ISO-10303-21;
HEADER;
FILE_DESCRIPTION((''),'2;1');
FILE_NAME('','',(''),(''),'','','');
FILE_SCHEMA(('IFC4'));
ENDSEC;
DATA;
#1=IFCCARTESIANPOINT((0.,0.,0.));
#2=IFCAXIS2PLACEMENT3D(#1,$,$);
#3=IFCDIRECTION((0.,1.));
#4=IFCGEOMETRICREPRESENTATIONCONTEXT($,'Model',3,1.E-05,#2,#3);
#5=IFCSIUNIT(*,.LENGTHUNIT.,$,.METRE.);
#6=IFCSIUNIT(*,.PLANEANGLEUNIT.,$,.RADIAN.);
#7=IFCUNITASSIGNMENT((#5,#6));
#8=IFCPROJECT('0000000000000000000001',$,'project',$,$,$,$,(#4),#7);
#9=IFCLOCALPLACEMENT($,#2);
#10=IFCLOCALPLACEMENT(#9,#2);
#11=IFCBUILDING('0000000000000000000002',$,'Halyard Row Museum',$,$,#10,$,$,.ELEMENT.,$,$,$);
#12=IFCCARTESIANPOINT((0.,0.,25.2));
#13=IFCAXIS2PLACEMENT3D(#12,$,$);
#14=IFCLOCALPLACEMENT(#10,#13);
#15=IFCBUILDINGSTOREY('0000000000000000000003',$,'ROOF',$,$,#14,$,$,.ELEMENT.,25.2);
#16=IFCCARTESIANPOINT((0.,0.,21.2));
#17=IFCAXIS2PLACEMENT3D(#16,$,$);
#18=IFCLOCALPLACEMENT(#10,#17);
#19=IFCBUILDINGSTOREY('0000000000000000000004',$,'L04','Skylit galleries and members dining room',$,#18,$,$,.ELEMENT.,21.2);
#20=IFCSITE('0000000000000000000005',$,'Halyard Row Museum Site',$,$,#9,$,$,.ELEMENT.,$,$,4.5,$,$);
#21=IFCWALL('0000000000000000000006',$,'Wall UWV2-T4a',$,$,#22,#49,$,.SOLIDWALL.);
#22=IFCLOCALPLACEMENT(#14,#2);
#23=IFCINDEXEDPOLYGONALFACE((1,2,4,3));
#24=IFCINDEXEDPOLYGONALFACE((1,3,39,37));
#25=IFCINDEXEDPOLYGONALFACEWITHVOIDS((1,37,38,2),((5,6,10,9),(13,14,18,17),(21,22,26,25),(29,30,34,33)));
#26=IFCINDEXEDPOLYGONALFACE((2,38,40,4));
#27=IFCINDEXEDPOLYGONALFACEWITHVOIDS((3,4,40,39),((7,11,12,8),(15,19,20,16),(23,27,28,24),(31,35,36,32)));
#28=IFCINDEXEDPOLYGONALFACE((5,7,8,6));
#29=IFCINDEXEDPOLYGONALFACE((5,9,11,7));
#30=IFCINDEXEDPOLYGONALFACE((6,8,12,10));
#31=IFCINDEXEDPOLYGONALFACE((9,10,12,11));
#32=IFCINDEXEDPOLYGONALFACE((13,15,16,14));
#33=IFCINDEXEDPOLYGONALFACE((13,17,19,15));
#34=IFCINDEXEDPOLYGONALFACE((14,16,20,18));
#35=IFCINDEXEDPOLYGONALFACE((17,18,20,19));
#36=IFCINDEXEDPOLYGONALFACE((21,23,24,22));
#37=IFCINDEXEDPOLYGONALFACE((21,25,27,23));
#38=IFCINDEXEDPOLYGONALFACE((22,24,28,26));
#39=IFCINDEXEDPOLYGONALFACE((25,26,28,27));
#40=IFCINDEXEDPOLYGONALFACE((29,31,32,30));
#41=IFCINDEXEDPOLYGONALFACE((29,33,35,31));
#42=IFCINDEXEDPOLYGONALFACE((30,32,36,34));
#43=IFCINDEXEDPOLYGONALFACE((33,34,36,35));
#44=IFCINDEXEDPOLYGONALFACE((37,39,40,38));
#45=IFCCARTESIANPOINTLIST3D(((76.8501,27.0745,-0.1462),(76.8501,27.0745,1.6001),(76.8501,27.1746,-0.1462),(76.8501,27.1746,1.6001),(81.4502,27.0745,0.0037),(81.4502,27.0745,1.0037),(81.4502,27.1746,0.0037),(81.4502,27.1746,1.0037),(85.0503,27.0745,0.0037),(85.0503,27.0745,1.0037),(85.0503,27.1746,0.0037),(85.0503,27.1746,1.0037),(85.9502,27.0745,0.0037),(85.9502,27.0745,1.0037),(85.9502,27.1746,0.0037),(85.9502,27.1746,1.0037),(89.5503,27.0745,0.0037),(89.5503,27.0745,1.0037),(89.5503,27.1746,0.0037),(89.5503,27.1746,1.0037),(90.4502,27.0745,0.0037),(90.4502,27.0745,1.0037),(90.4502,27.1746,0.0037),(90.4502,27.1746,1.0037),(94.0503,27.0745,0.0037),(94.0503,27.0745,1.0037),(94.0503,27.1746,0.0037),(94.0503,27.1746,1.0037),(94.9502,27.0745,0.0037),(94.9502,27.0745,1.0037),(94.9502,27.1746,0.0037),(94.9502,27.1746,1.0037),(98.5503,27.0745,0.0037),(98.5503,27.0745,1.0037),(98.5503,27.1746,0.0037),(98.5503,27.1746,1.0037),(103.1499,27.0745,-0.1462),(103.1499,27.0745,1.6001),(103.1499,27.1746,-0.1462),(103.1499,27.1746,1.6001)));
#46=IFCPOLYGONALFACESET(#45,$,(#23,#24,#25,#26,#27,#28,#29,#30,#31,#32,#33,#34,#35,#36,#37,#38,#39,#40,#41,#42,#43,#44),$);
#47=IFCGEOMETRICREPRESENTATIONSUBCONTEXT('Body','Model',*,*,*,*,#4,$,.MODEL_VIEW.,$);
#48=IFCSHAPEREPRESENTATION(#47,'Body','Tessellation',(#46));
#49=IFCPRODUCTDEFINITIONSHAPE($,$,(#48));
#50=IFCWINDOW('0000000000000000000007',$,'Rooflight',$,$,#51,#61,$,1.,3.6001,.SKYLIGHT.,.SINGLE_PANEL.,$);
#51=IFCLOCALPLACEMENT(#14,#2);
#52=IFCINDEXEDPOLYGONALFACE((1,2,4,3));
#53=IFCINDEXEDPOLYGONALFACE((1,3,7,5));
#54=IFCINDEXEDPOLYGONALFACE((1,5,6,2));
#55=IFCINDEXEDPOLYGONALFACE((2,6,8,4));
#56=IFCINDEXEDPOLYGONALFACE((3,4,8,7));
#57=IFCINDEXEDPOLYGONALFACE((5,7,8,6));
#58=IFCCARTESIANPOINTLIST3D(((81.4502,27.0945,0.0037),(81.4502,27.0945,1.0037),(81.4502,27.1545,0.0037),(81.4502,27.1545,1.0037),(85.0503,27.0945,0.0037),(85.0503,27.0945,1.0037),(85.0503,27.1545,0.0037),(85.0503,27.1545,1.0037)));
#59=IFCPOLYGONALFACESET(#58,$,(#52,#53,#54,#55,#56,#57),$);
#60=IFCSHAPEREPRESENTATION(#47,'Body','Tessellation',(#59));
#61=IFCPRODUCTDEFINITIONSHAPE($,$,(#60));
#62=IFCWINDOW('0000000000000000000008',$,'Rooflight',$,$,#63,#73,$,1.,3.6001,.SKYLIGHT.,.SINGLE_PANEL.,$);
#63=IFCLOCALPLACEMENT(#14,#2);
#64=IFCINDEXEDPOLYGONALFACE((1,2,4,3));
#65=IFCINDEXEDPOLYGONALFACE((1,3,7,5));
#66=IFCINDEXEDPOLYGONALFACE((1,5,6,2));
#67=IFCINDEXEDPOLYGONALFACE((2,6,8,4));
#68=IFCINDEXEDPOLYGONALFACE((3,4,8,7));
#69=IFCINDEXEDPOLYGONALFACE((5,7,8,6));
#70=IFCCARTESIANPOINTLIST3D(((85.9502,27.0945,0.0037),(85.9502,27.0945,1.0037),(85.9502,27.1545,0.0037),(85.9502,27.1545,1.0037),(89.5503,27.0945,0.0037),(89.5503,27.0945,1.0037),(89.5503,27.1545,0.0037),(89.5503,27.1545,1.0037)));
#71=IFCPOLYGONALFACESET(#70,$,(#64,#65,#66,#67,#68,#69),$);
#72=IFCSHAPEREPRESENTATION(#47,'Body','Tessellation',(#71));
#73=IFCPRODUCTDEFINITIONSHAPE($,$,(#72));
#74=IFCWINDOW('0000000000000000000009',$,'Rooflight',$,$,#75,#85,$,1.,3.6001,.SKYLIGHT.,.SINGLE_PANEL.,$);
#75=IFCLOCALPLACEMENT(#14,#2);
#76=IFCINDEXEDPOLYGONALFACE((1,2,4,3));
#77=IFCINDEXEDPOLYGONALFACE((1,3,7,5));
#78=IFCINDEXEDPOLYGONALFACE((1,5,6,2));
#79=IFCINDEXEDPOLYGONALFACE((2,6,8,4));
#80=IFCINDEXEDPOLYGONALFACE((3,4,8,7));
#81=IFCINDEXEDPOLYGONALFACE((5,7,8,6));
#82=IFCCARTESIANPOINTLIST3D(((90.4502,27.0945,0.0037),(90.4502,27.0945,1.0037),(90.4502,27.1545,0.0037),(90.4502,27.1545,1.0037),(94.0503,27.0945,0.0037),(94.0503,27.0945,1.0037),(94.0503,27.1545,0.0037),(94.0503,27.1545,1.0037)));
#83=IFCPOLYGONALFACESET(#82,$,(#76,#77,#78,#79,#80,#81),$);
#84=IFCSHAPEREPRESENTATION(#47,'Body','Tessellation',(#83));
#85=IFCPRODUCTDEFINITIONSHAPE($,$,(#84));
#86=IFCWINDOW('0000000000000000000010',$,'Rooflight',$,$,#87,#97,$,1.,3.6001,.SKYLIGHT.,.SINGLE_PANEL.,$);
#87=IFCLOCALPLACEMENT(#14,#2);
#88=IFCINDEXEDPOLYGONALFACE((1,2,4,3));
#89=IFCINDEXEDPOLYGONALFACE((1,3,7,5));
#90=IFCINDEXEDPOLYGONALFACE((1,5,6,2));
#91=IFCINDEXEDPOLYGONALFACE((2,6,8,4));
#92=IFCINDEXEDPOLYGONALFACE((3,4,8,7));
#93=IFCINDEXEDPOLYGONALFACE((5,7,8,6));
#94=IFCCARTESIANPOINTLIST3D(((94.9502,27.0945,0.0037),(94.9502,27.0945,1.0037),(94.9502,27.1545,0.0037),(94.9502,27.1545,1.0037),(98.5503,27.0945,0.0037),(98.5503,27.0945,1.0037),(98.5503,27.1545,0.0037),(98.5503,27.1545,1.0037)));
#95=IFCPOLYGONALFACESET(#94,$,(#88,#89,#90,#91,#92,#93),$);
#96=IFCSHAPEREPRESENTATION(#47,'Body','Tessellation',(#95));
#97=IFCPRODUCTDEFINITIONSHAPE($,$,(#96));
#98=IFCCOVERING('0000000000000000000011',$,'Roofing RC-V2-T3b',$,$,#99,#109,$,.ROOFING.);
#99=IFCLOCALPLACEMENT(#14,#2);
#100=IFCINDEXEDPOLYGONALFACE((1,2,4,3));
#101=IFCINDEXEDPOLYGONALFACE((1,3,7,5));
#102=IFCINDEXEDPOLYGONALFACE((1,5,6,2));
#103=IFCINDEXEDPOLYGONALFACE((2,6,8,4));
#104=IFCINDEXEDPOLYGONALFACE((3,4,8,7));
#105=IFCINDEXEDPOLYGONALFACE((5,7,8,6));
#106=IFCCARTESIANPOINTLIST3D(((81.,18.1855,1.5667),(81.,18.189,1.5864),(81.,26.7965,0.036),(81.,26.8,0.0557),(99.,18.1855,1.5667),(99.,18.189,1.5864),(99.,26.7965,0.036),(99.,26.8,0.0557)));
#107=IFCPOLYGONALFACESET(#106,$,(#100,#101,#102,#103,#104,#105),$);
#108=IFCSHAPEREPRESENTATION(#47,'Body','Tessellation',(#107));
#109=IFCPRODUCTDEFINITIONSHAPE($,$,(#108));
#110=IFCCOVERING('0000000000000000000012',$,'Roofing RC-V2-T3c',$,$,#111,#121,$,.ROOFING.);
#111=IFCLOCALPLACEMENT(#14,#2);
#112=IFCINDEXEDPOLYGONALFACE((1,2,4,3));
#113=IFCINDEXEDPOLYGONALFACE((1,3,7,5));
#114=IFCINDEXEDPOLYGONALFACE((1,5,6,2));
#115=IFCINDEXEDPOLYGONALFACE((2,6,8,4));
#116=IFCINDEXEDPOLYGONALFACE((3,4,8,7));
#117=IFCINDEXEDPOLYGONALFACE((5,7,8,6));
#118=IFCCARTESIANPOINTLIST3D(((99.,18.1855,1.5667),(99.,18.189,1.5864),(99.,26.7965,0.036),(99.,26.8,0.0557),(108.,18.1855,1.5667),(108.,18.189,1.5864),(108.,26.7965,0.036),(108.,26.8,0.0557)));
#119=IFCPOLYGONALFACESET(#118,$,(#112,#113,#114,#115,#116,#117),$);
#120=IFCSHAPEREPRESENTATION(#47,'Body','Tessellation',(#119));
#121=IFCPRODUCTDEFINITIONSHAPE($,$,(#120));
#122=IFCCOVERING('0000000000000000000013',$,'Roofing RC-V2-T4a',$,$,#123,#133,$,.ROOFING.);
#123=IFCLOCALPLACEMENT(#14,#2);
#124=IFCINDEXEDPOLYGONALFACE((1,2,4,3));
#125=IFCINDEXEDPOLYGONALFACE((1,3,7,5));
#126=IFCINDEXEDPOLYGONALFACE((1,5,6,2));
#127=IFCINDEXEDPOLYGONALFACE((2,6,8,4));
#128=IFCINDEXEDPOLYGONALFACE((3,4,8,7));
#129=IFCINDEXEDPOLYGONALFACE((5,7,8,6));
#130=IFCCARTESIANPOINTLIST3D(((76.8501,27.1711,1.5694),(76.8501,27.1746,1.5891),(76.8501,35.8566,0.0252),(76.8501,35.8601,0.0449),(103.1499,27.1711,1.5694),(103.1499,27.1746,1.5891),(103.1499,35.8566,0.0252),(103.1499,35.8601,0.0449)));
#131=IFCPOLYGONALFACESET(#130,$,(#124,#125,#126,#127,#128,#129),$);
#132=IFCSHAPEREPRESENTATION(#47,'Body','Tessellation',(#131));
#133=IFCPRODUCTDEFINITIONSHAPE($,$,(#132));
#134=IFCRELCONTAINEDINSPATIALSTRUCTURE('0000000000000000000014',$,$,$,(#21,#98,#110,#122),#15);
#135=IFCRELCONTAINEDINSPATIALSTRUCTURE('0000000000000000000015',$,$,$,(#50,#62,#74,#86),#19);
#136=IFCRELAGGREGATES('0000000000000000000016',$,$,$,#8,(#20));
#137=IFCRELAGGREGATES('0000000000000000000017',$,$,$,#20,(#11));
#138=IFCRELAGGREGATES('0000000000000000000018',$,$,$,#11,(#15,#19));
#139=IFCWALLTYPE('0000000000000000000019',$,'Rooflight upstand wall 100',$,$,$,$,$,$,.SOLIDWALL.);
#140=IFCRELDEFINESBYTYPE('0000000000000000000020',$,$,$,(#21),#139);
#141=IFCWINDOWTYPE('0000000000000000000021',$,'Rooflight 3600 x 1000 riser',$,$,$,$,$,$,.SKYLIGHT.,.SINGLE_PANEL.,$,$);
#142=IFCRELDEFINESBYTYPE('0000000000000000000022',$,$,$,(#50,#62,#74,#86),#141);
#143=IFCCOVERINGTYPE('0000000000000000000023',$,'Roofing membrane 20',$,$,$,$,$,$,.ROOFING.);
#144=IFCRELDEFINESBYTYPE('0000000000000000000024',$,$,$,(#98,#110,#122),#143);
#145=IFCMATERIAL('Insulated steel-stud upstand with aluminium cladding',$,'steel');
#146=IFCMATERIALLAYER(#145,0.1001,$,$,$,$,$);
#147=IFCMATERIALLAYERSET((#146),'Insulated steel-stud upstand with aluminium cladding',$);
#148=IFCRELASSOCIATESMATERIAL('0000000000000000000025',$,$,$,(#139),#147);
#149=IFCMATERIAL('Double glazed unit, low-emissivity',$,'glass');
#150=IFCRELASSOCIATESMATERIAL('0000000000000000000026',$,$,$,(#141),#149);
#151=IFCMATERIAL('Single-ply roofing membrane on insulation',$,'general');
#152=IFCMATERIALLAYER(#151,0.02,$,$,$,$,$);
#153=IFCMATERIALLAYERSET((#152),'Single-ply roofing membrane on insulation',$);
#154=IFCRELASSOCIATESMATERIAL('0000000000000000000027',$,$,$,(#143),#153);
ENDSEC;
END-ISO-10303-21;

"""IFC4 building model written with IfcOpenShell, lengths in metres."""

from ifc_helpers import new_model, si_unit, direction, frame, frame_2d, origin, place, context, subcontext, project, spatial, polyline, rectangle, outline, extrude, material, layer, layer_set, type_object, element, fill, save


model = new_model("IFC4")

# Units and contexts
model_context = context("Model", 3, precision=1e-05, world=origin(), true_north=direction((0.0, 1.0)))
body_context = subcontext(model_context, "Body", "Model", "MODEL_VIEW")
ifc_project = project(units=[si_unit("LENGTHUNIT", "METRE"), si_unit("PLANEANGLEUNIT", "RADIAN")], contexts=[model_context])

# Site, building, storey
site_placement = place(None, origin())
site = spatial("IfcSite", under=ifc_project, at=site_placement, Name="Halyard Row Museum Site", CompositionType="ELEMENT", RefElevation=4.5)
building_placement = place(site_placement, origin())
building = spatial("IfcBuilding", under=site, at=building_placement, Name="Halyard Row Museum", CompositionType="ELEMENT")
storey_1_placement = place(building_placement, frame((0.0, 0.0, 25.2)))
storey_1 = spatial("IfcBuildingStorey", under=building, at=storey_1_placement, Name="ROOF", CompositionType="ELEMENT", Elevation=25.2)

# Shared definitions
ifc_material_1 = material(Name="Insulated steel-stud upstand with aluminium cladding", Category="steel")
ifc_layer_1 = layer(ifc_material_1, 0.1001)
ifc_layer_set_1 = layer_set([ifc_layer_1], Name="Insulated steel-stud upstand with aluminium cladding")
wall_type_1 = type_object("IfcWallType", Name="Rooflight upstand wall 100", PredefinedType="SOLIDWALL", material=ifc_layer_set_1)

# Shared definitions
storey_2_placement = place(building_placement, frame((0.0, 0.0, 21.2)))
storey_2 = spatial("IfcBuildingStorey", under=building, at=storey_2_placement, Name="L04", Description="Skylit galleries and members dining room", CompositionType="ELEMENT", Elevation=21.2)

# Shared definitions
ifc_material_2 = material(Name="Double glazed unit, low-emissivity", Category="glass")
window_type = type_object("IfcWindowType", Name="Rooflight 3600 x 1000 riser", PartitioningType="SINGLE_PANEL", PredefinedType="SKYLIGHT", material=ifc_material_2)

# Wall, openings, windows
wall_1_placement = place(storey_1_placement, frame((76.8501, 27.1245, -0.1462), z_axis=(0.0, 0.0, 1.0), x_axis=(1.0, 0.0, 0.0)))
wall_1 = element("IfcWall", 1, at=wall_1_placement, inside=storey_1, type_object=wall_type_1, Name="Wall UWV2-T4a", PredefinedType="SOLIDWALL", context=body_context, shape_type="SweptSolid", body=[
    extrude(rectangle(XDim=26.2998, YDim=0.1001, at=frame_2d((13.1499, 0.0))), origin(), (0.0, 0.0, 1.0), 1.7463),
])
opening_1_placement = place(wall_1_placement, frame((4.6001, 0.0, 0.1499)))
opening_1 = element("IfcOpeningElement", 2, at=opening_1_placement, cuts=wall_1, PredefinedType="OPENING", context=body_context, shape_type="SweptSolid", body=[
    extrude(rectangle(XDim=3.6001, YDim=1.0, at=frame_2d((1.8, 0.5))), frame((0.0, 0.0601, 0.0), z_axis=(0.0, -1.0, 0.0), x_axis=(1.0, 0.0, 0.0)), (0.0, 0.0, 1.0), 0.1201),
])
opening_2_placement = place(wall_1_placement, frame((9.1001, 0.0, 0.1499)))
opening_2 = element("IfcOpeningElement", 3, at=opening_2_placement, cuts=wall_1, PredefinedType="OPENING", context=body_context, shape_type="SweptSolid", body=[
    extrude(rectangle(XDim=3.6001, YDim=1.0, at=frame_2d((1.8, 0.5))), frame((0.0, 0.0601, 0.0), z_axis=(0.0, -1.0, 0.0), x_axis=(1.0, 0.0, 0.0)), (0.0, 0.0, 1.0), 0.1201),
])
opening_3_placement = place(wall_1_placement, frame((13.6001, 0.0, 0.1499)))
opening_3 = element("IfcOpeningElement", 4, at=opening_3_placement, cuts=wall_1, PredefinedType="OPENING", context=body_context, shape_type="SweptSolid", body=[
    extrude(rectangle(XDim=3.6001, YDim=1.0, at=frame_2d((1.8, 0.5))), frame((0.0, 0.0601, 0.0), z_axis=(0.0, -1.0, 0.0), x_axis=(1.0, 0.0, 0.0)), (0.0, 0.0, 1.0), 0.1201),
])
opening_4_placement = place(wall_1_placement, frame((18.1001, 0.0, 0.1499)))
opening_4 = element("IfcOpeningElement", 5, at=opening_4_placement, cuts=wall_1, PredefinedType="OPENING", context=body_context, shape_type="SweptSolid", body=[
    extrude(rectangle(XDim=3.6001, YDim=1.0, at=frame_2d((1.8, 0.5))), frame((0.0, 0.0601, 0.0), z_axis=(0.0, -1.0, 0.0), x_axis=(1.0, 0.0, 0.0)), (0.0, 0.0, 1.0), 0.1201),
])
window_1_placement = place(opening_1_placement, origin())
window_1 = element("IfcWindow", 6, at=window_1_placement, inside=storey_2, type_object=window_type, Name="Rooflight", OverallHeight=1.0, OverallWidth=3.6001, PartitioningType="SINGLE_PANEL", PredefinedType="SKYLIGHT", context=body_context, shape_type="SweptSolid", body=[
    extrude(rectangle(XDim=3.6001, YDim=1.0, at=frame_2d((1.8, 0.5))), frame((0.0, 0.03, 0.0), z_axis=(0.0, -1.0, 0.0), x_axis=(1.0, 0.0, 0.0)), (0.0, 0.0, 1.0), 0.0601),
])
fill(opening_1, window_1)
window_2_placement = place(opening_2_placement, origin())
window_2 = element("IfcWindow", 7, at=window_2_placement, inside=storey_2, type_object=window_type, Name="Rooflight", OverallHeight=1.0, OverallWidth=3.6001, PartitioningType="SINGLE_PANEL", PredefinedType="SKYLIGHT", context=body_context, shape_type="SweptSolid", body=[
    extrude(rectangle(XDim=3.6001, YDim=1.0, at=frame_2d((1.8, 0.5))), frame((0.0, 0.03, 0.0), z_axis=(0.0, -1.0, 0.0), x_axis=(1.0, 0.0, 0.0)), (0.0, 0.0, 1.0), 0.0601),
])
fill(opening_2, window_2)
window_3_placement = place(opening_3_placement, origin())
window_3 = element("IfcWindow", 8, at=window_3_placement, inside=storey_2, type_object=window_type, Name="Rooflight", OverallHeight=1.0, OverallWidth=3.6001, PartitioningType="SINGLE_PANEL", PredefinedType="SKYLIGHT", context=body_context, shape_type="SweptSolid", body=[
    extrude(rectangle(XDim=3.6001, YDim=1.0, at=frame_2d((1.8, 0.5))), frame((0.0, 0.03, 0.0), z_axis=(0.0, -1.0, 0.0), x_axis=(1.0, 0.0, 0.0)), (0.0, 0.0, 1.0), 0.0601),
])
fill(opening_3, window_3)
window_4_placement = place(opening_4_placement, origin())
window_4 = element("IfcWindow", 9, at=window_4_placement, inside=storey_2, type_object=window_type, Name="Rooflight", OverallHeight=1.0, OverallWidth=3.6001, PartitioningType="SINGLE_PANEL", PredefinedType="SKYLIGHT", context=body_context, shape_type="SweptSolid", body=[
    extrude(rectangle(XDim=3.6001, YDim=1.0, at=frame_2d((1.8, 0.5))), frame((0.0, 0.03, 0.0), z_axis=(0.0, -1.0, 0.0), x_axis=(1.0, 0.0, 0.0)), (0.0, 0.0, 1.0), 0.0601),
])
fill(opening_4, window_4)

# Coverings
ifc_material_3 = material(Name="Single-ply roofing membrane on insulation", Category="general")
ifc_layer_2 = layer(ifc_material_3, 0.02)
ifc_layer_set_2 = layer_set([ifc_layer_2], Name="Single-ply roofing membrane on insulation")
covering_type = type_object("IfcCoveringType", Name="Roofing membrane 20", PredefinedType="ROOFING", material=ifc_layer_set_2)
covering_1_placement = place(storey_1_placement, frame((81.0, 18.189, 1.5864), z_axis=(0.0, 0.175023, 0.984564), x_axis=(1.0, 0.0, 0.0)))
element("IfcCovering", 10, at=covering_1_placement, inside=storey_1, type_object=covering_type, Name="Roofing RC-V2-T3b", PredefinedType="ROOFING", context=body_context, shape_type="SweptSolid", body=[
    extrude(outline(polyline([(0.0, 0.0), (18.0, 0.0), (18.0, 8.7461), (0.0, 8.7461), (0.0, 0.0)])), origin(), (0.0, 0.0, -1.0), 0.02),
])
covering_2_placement = place(storey_1_placement, frame((99.0, 18.189, 1.5864), z_axis=(0.0, 0.175023, 0.984564), x_axis=(1.0, 0.0, 0.0)))
element("IfcCovering", 11, at=covering_2_placement, inside=storey_1, type_object=covering_type, Name="Roofing RC-V2-T3c", PredefinedType="ROOFING", context=body_context, shape_type="SweptSolid", body=[
    extrude(outline(polyline([(0.0, 0.0), (9.0, 0.0), (9.0, 8.7461), (0.0, 8.7461), (0.0, 0.0)])), origin(), (0.0, 0.0, -1.0), 0.02),
])
covering_3_placement = place(storey_1_placement, frame((76.8501, 27.1746, 1.5891), z_axis=(0.0, 0.175043, 0.984561), x_axis=(1.0, 0.0, 0.0)))
element("IfcCovering", 12, at=covering_3_placement, inside=storey_1, type_object=covering_type, Name="Roofing RC-V2-T4a", PredefinedType="ROOFING", context=body_context, shape_type="SweptSolid", body=[
    extrude(outline(polyline([(0.0, 0.0), (26.2998, 0.0), (26.2998, 8.8217), (0.0, 8.8217), (0.0, 0.0)])), origin(), (0.0, 0.0, -1.0), 0.02),
])

save(model, "model.ifc")
